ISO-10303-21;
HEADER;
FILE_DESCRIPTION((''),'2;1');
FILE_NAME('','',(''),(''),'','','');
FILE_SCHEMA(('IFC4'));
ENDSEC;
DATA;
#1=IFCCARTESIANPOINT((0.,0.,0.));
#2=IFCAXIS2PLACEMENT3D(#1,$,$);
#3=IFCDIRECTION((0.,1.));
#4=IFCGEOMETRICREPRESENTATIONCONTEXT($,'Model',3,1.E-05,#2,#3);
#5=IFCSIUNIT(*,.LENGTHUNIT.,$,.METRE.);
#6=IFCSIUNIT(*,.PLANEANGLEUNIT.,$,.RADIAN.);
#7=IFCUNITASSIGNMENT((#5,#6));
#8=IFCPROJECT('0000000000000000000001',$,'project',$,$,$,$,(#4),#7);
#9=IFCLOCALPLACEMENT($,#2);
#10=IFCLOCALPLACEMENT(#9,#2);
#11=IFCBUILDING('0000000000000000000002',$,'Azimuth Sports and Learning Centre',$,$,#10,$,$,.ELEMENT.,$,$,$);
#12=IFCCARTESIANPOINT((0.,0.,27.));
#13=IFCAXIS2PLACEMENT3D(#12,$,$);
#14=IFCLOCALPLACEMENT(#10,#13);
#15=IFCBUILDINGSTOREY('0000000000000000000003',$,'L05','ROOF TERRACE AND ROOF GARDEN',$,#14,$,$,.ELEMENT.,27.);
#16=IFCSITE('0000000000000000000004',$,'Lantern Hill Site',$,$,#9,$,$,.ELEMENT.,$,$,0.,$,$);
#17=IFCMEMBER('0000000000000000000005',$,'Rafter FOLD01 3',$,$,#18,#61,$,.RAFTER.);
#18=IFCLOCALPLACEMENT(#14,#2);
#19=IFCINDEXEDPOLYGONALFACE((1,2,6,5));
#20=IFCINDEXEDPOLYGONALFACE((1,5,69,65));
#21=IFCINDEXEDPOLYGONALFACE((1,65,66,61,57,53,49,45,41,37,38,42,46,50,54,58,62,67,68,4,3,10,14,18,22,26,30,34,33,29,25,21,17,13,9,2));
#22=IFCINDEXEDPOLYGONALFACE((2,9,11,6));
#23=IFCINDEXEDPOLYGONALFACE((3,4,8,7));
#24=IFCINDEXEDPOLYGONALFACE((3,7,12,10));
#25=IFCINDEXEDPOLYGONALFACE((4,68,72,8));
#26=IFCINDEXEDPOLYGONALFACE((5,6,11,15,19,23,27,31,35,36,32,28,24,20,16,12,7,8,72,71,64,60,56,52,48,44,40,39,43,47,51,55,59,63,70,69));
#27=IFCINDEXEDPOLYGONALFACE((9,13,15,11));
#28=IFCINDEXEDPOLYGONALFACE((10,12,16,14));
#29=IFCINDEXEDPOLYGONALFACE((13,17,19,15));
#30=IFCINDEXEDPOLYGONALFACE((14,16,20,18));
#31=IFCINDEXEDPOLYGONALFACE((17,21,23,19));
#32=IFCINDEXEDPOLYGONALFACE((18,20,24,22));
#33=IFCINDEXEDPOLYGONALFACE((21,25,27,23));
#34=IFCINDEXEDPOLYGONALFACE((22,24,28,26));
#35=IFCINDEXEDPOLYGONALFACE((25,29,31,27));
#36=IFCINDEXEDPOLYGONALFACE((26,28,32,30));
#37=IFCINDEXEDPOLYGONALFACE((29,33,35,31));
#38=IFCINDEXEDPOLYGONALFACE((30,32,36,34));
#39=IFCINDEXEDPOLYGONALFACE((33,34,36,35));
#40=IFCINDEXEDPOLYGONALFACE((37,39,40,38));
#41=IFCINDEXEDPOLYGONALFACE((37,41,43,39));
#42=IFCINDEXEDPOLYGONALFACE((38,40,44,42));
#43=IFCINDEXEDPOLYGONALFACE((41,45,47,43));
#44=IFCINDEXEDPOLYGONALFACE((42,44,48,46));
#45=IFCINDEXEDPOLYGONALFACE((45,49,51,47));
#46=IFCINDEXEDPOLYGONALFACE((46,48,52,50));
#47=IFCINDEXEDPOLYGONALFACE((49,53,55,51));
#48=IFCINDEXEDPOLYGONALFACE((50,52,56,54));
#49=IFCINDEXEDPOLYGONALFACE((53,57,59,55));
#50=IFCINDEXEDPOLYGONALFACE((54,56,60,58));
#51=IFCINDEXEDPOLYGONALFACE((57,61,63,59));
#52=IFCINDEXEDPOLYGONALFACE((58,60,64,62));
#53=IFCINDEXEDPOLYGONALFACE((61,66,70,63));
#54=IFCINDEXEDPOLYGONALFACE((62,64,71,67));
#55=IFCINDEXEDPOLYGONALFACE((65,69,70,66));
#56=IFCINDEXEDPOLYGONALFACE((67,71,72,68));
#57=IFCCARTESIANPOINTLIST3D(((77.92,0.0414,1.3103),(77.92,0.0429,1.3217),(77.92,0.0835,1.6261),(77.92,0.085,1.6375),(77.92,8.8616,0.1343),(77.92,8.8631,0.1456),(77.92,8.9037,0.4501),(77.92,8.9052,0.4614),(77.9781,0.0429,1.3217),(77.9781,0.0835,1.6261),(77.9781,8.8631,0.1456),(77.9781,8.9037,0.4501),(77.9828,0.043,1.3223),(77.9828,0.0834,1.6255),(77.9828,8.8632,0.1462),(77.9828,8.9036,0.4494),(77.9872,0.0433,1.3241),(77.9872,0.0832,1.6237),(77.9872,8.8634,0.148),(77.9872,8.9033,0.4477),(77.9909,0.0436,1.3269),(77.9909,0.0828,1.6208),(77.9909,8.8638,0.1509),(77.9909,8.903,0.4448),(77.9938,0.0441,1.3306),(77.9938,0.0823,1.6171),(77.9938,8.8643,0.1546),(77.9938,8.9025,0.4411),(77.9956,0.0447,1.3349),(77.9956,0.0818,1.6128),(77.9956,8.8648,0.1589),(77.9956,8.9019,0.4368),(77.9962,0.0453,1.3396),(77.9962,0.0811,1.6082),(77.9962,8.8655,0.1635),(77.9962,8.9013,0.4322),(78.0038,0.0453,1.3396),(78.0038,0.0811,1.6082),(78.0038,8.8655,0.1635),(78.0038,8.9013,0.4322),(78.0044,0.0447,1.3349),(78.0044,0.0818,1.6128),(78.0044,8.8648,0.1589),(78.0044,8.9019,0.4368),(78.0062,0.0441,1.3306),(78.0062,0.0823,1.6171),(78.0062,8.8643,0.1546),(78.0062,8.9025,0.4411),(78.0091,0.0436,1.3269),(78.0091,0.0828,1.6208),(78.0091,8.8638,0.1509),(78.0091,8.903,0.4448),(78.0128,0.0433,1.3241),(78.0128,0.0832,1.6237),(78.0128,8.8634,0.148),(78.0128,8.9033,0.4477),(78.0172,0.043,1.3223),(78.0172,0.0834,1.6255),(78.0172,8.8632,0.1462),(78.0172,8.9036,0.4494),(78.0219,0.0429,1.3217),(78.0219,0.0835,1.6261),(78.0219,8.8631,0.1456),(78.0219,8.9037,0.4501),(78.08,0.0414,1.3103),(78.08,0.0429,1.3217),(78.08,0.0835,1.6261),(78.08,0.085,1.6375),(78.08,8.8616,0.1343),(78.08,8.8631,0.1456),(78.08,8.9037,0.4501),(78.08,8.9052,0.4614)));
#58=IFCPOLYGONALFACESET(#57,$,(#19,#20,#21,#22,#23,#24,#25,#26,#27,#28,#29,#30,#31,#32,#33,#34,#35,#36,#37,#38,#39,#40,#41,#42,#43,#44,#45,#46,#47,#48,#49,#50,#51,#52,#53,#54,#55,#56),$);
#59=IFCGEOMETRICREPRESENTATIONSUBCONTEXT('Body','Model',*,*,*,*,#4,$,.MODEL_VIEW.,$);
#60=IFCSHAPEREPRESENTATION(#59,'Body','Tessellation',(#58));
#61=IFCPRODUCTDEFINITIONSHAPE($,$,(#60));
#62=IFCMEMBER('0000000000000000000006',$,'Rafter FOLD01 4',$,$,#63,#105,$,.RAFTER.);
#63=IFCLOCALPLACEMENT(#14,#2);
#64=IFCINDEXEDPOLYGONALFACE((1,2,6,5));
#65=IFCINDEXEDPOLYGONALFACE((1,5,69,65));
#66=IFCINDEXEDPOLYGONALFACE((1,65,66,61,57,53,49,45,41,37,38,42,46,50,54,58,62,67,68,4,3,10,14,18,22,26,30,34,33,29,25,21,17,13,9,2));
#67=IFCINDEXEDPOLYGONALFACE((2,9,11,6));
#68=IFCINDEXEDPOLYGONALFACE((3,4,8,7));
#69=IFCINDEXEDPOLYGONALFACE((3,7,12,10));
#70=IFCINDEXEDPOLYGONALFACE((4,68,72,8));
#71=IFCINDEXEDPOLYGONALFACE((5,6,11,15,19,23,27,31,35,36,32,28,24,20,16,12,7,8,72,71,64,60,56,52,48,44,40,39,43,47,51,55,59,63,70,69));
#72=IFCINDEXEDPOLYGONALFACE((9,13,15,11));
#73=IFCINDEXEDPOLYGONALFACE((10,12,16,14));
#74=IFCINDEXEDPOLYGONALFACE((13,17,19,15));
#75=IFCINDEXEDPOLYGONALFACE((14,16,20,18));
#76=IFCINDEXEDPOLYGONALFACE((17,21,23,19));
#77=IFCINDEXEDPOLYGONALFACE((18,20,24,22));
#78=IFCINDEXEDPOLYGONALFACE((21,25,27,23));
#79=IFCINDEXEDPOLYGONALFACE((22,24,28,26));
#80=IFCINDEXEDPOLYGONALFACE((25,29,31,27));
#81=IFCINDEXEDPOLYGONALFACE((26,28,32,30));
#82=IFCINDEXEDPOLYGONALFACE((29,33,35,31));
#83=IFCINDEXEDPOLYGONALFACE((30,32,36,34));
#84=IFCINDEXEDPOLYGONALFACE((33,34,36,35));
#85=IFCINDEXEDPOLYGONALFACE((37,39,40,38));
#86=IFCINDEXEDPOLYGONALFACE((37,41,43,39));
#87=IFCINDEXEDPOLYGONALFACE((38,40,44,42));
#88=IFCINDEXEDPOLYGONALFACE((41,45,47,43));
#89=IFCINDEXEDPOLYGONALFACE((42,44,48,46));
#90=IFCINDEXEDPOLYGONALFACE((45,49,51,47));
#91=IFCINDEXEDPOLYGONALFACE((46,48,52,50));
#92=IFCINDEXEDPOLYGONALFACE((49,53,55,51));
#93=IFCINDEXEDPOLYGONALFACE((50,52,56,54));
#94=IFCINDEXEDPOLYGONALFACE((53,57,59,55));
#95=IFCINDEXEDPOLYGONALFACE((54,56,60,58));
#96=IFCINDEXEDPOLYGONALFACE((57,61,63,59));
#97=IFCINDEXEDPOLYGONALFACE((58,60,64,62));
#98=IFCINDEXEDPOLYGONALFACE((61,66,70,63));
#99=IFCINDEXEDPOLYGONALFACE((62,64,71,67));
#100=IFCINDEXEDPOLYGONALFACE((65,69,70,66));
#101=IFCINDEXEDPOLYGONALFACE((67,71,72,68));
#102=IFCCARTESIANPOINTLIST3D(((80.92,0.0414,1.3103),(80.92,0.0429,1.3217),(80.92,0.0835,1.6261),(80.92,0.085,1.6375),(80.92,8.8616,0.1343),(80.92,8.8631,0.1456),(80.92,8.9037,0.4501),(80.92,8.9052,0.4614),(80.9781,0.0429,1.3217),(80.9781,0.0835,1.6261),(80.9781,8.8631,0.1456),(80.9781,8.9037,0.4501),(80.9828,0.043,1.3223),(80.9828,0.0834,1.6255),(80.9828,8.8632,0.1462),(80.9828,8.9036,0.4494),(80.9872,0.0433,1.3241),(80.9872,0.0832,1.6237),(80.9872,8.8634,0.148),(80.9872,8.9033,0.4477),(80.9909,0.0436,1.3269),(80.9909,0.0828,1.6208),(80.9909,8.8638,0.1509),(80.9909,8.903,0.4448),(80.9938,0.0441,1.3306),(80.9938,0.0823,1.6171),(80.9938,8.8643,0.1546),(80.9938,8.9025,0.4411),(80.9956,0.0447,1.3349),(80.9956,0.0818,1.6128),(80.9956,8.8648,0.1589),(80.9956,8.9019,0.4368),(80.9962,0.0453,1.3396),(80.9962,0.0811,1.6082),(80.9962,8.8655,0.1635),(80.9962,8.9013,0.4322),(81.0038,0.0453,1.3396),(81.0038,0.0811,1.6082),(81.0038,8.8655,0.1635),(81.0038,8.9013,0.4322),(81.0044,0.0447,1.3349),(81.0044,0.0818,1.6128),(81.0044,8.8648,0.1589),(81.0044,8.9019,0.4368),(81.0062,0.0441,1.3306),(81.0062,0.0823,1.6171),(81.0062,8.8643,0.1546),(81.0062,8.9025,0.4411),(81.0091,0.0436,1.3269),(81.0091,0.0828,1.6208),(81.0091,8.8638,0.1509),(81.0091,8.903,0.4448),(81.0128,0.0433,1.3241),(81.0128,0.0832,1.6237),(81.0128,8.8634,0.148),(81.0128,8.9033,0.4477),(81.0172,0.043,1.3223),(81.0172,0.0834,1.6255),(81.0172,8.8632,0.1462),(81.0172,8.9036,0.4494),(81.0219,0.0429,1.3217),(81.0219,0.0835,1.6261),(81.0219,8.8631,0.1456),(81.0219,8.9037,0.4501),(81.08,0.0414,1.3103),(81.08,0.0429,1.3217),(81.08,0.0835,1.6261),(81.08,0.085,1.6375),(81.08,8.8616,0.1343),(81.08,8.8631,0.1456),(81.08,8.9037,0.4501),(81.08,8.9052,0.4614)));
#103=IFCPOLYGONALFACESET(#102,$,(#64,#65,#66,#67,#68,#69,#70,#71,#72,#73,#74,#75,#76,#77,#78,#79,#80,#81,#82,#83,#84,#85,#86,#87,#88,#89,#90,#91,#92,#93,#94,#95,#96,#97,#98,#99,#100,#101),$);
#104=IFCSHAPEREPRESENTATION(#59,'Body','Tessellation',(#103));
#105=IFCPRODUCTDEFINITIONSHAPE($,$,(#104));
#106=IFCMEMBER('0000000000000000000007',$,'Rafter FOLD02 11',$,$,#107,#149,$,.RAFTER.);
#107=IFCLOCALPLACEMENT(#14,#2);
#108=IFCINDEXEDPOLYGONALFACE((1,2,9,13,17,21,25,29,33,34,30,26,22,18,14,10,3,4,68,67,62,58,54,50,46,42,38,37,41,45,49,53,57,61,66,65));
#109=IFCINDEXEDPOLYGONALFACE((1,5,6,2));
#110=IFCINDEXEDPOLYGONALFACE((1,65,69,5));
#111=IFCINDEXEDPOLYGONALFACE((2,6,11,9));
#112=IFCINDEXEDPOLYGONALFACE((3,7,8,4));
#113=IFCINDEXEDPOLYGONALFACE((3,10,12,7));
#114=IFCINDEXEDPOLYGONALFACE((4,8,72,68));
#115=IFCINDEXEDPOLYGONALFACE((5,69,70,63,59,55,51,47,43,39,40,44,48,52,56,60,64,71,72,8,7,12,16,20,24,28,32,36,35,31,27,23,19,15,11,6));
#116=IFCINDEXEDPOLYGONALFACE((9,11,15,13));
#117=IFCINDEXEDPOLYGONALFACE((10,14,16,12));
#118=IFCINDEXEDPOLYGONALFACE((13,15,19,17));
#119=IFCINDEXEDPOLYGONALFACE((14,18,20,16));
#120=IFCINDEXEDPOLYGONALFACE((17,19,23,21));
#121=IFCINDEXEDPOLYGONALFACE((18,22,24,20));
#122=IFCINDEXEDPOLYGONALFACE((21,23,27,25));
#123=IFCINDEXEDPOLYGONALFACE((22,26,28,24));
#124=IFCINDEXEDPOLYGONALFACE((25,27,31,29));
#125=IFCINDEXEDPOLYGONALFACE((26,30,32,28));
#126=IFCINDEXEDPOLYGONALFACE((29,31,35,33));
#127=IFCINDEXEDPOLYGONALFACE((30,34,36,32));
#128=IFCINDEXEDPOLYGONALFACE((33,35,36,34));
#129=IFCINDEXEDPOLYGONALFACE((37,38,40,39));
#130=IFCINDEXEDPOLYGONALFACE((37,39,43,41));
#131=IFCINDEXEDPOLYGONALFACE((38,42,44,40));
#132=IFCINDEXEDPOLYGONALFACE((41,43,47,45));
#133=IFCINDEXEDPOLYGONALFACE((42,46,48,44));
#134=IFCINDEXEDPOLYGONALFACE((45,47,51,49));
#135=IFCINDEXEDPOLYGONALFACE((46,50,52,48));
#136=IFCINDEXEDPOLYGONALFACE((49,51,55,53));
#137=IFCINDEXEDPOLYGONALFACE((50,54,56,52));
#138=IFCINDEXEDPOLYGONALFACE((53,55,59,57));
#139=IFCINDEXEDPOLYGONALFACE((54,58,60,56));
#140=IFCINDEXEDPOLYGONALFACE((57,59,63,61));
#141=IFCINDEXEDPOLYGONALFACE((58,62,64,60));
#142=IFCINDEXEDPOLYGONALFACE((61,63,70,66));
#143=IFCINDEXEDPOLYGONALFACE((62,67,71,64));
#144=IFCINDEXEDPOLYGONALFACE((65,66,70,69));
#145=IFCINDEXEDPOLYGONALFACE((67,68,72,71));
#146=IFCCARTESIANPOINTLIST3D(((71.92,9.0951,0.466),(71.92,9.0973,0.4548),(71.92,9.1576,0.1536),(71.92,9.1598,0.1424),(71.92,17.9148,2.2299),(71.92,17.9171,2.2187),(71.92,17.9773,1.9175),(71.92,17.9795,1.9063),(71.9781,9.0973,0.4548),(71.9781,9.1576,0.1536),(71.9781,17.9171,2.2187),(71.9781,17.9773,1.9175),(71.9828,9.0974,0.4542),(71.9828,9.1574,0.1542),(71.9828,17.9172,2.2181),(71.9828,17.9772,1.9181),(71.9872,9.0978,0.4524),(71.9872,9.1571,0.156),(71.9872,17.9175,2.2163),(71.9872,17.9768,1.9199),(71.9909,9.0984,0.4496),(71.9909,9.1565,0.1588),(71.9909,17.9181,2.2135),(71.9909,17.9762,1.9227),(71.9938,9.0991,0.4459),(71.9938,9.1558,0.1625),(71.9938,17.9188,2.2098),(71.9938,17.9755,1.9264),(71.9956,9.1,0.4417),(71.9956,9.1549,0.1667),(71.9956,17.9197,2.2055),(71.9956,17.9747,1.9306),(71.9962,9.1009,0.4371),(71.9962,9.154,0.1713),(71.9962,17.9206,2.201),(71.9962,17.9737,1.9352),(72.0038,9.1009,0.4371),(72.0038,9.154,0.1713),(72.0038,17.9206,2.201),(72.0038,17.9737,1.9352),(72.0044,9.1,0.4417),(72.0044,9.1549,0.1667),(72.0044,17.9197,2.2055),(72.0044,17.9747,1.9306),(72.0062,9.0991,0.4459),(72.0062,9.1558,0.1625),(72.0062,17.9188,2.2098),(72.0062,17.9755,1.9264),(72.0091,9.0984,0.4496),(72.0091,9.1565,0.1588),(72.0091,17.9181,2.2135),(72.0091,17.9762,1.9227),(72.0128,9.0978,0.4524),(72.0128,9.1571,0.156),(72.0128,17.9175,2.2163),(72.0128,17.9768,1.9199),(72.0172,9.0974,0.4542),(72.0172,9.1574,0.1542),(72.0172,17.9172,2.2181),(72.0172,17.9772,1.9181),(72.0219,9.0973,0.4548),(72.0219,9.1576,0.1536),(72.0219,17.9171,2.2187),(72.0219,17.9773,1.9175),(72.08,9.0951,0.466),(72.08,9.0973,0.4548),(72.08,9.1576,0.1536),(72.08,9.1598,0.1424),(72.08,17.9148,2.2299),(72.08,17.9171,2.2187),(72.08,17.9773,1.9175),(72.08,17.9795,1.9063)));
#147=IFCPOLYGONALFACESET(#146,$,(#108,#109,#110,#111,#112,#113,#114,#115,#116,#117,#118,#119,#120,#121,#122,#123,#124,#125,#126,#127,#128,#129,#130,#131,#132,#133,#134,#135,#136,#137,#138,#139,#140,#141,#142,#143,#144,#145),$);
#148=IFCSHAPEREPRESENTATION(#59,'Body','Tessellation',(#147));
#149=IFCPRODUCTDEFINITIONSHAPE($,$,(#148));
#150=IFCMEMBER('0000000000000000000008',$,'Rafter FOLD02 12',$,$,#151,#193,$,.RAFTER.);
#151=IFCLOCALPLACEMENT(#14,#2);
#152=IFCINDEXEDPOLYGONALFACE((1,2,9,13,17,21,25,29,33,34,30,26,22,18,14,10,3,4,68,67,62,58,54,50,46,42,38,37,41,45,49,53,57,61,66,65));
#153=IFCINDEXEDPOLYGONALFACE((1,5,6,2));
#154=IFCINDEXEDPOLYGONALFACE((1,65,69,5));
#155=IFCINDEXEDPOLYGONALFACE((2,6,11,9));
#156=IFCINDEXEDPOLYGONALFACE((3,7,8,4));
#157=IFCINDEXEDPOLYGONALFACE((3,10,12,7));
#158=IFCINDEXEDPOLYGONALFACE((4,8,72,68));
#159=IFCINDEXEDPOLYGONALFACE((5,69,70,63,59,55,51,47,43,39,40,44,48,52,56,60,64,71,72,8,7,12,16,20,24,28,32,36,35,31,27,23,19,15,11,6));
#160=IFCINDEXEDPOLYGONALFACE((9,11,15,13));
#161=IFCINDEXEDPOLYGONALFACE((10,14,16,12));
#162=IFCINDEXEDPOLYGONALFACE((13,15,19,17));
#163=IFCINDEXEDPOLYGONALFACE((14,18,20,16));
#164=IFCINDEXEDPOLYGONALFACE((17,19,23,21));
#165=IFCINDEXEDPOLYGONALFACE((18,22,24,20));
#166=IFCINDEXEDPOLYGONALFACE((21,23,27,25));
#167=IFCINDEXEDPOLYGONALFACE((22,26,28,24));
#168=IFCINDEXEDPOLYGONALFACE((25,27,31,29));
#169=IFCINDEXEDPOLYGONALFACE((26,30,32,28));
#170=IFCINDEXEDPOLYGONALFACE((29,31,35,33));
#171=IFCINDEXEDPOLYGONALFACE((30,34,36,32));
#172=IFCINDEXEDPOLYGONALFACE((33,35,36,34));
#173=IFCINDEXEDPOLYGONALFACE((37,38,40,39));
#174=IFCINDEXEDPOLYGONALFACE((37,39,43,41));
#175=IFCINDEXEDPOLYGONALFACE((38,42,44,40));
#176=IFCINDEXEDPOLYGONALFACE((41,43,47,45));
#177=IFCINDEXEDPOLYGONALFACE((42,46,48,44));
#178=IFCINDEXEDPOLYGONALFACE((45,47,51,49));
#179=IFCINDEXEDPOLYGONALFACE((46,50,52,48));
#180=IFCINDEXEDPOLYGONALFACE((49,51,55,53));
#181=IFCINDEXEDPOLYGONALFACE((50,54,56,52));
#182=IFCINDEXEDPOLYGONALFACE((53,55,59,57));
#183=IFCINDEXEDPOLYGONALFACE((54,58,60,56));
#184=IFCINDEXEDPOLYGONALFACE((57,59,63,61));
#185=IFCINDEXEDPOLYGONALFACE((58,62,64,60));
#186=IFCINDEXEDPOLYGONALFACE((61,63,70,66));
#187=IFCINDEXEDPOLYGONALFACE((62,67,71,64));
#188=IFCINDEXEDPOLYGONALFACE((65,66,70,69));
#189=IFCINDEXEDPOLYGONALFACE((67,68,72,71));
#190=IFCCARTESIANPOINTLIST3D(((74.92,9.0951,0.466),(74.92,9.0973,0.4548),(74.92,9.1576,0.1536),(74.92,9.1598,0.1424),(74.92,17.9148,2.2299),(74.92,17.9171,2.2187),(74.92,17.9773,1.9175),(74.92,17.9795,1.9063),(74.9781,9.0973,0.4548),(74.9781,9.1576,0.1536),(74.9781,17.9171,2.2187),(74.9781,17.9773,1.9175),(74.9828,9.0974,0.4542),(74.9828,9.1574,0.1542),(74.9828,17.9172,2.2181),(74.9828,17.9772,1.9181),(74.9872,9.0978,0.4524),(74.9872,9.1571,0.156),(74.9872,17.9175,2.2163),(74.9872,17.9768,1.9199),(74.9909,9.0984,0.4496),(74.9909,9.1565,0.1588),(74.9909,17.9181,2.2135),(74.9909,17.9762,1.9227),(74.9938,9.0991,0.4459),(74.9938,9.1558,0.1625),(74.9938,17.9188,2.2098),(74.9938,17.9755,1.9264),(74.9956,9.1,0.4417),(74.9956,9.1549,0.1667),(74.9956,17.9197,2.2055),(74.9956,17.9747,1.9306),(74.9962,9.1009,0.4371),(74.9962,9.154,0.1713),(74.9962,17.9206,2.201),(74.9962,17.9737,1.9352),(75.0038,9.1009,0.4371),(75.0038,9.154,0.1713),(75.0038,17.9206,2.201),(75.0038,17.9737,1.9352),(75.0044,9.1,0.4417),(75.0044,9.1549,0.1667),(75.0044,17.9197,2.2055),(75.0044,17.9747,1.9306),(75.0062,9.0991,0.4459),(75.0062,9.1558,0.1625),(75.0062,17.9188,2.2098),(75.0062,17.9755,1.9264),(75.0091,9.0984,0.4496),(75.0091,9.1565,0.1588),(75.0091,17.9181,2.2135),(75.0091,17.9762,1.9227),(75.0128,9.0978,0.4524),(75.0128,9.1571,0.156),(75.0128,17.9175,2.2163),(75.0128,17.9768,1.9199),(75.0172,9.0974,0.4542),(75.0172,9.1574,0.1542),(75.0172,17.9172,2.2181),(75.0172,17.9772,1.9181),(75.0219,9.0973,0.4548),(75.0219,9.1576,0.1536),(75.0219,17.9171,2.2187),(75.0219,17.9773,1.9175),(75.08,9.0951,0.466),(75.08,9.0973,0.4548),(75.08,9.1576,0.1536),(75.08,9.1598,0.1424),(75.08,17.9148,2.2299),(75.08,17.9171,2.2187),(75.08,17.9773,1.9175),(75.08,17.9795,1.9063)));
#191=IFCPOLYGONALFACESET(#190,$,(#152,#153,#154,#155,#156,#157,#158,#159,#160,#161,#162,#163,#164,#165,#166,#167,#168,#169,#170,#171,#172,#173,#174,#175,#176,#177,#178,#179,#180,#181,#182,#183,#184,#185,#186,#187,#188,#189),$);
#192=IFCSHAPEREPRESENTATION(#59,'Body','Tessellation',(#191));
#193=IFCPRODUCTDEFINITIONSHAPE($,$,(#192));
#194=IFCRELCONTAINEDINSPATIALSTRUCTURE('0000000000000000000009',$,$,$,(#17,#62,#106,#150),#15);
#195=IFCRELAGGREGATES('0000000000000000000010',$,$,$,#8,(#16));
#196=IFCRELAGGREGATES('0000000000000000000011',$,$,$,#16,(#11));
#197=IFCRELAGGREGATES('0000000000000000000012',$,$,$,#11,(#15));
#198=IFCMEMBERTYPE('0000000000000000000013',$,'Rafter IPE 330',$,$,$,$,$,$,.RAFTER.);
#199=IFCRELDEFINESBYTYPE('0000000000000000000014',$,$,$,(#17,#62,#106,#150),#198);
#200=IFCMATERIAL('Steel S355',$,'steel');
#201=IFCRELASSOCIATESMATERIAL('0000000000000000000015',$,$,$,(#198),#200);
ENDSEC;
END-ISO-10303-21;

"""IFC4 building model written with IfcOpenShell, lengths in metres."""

from ifc_helpers import new_model, si_unit, direction, frame, origin, origin_2d, place, context, subcontext, project, spatial, i_section, extrude, material, material_profile, profile_set, type_object, element, save


model = new_model("IFC4")

# Units and contexts
model_context = context("Model", 3, precision=1e-05, world=origin(), true_north=direction((0.0, 1.0)))
body_context = subcontext(model_context, "Body", "Model", "MODEL_VIEW")
ifc_project = project(units=[si_unit("LENGTHUNIT", "METRE"), si_unit("PLANEANGLEUNIT", "RADIAN")], contexts=[model_context])

# Site, building, storey
site_placement = place(None, origin())
site = spatial("IfcSite", under=ifc_project, at=site_placement, Name="Lantern Hill Site", CompositionType="ELEMENT", RefElevation=0.0)
building_placement = place(site_placement, origin())
building = spatial("IfcBuilding", under=site, at=building_placement, Name="Azimuth Sports and Learning Centre", CompositionType="ELEMENT")
storey_placement = place(building_placement, frame((0.0, 0.0, 27.0)))
storey = spatial("IfcBuildingStorey", under=building, at=storey_placement, Name="L05", Description="ROOF TERRACE AND ROOF GARDEN", CompositionType="ELEMENT", Elevation=27.0)

# Members
ifc_material_1 = material(Name="Steel S355", Category="steel")
ifc_material_profile_1 = material_profile(ifc_material_1, i_section(OverallWidth=0.1599, OverallDepth=0.3301, WebThickness=0.0076, FlangeThickness=0.0115, FilletRadius=0.0181, at=origin_2d()), Name="IPE 330")
ifc_profile_set_1 = profile_set([ifc_material_profile_1], Name="Steel S355")
member_type_1 = type_object("IfcMemberType", Name="Rafter IPE 330", PredefinedType="RAFTER", material=ifc_profile_set_1)
for number, where, z_axis, x_axis, name in (
    (1, (78.0, 0.0632, 1.4739), (0.0, 0.991228, -0.132166), (-1.0, 0.0, 0.0), "Rafter FOLD01 3"),
    (2, (81.0, 0.0632, 1.4739), (0.0, 0.991228, -0.132166), (-1.0, 0.0, 0.0), "Rafter FOLD01 4"),
):
    element("IfcMember", number, at=place(storey_placement, frame(where, z_axis=z_axis, x_axis=x_axis)), inside=storey, type_object=member_type_1, Name=name, PredefinedType="RAFTER", context=body_context, shape_type="SweptSolid", body=[
        extrude(i_section(OverallWidth=0.1599, OverallDepth=0.3301, WebThickness=0.0076, FlangeThickness=0.0115, FilletRadius=0.0181, at=origin_2d()), origin(), (0.0, 0.0, 1.0), 8.8982),
    ])
for number, where, z_axis, x_axis, name in (
    (3, (72.0, 9.1274, 0.3042), (0.0, 0.980582, 0.196111), (-1.0, 0.0, 0.0), "Rafter FOLD02 11"),
    (4, (75.0, 9.1274, 0.3042), (0.0, 0.980582, 0.196111), (-1.0, 0.0, 0.0), "Rafter FOLD02 12"),
):
    element("IfcMember", number, at=place(storey_placement, frame(where, z_axis=z_axis, x_axis=x_axis)), inside=storey, type_object=member_type_1, Name=name, PredefinedType="RAFTER", context=body_context, shape_type="SweptSolid", body=[
        extrude(i_section(OverallWidth=0.1599, OverallDepth=0.3301, WebThickness=0.0076, FlangeThickness=0.0115, FilletRadius=0.0181, at=origin_2d()), origin(), (0.0, 0.0, 1.0), 8.9944),
    ])

save(model, "model.ifc")
